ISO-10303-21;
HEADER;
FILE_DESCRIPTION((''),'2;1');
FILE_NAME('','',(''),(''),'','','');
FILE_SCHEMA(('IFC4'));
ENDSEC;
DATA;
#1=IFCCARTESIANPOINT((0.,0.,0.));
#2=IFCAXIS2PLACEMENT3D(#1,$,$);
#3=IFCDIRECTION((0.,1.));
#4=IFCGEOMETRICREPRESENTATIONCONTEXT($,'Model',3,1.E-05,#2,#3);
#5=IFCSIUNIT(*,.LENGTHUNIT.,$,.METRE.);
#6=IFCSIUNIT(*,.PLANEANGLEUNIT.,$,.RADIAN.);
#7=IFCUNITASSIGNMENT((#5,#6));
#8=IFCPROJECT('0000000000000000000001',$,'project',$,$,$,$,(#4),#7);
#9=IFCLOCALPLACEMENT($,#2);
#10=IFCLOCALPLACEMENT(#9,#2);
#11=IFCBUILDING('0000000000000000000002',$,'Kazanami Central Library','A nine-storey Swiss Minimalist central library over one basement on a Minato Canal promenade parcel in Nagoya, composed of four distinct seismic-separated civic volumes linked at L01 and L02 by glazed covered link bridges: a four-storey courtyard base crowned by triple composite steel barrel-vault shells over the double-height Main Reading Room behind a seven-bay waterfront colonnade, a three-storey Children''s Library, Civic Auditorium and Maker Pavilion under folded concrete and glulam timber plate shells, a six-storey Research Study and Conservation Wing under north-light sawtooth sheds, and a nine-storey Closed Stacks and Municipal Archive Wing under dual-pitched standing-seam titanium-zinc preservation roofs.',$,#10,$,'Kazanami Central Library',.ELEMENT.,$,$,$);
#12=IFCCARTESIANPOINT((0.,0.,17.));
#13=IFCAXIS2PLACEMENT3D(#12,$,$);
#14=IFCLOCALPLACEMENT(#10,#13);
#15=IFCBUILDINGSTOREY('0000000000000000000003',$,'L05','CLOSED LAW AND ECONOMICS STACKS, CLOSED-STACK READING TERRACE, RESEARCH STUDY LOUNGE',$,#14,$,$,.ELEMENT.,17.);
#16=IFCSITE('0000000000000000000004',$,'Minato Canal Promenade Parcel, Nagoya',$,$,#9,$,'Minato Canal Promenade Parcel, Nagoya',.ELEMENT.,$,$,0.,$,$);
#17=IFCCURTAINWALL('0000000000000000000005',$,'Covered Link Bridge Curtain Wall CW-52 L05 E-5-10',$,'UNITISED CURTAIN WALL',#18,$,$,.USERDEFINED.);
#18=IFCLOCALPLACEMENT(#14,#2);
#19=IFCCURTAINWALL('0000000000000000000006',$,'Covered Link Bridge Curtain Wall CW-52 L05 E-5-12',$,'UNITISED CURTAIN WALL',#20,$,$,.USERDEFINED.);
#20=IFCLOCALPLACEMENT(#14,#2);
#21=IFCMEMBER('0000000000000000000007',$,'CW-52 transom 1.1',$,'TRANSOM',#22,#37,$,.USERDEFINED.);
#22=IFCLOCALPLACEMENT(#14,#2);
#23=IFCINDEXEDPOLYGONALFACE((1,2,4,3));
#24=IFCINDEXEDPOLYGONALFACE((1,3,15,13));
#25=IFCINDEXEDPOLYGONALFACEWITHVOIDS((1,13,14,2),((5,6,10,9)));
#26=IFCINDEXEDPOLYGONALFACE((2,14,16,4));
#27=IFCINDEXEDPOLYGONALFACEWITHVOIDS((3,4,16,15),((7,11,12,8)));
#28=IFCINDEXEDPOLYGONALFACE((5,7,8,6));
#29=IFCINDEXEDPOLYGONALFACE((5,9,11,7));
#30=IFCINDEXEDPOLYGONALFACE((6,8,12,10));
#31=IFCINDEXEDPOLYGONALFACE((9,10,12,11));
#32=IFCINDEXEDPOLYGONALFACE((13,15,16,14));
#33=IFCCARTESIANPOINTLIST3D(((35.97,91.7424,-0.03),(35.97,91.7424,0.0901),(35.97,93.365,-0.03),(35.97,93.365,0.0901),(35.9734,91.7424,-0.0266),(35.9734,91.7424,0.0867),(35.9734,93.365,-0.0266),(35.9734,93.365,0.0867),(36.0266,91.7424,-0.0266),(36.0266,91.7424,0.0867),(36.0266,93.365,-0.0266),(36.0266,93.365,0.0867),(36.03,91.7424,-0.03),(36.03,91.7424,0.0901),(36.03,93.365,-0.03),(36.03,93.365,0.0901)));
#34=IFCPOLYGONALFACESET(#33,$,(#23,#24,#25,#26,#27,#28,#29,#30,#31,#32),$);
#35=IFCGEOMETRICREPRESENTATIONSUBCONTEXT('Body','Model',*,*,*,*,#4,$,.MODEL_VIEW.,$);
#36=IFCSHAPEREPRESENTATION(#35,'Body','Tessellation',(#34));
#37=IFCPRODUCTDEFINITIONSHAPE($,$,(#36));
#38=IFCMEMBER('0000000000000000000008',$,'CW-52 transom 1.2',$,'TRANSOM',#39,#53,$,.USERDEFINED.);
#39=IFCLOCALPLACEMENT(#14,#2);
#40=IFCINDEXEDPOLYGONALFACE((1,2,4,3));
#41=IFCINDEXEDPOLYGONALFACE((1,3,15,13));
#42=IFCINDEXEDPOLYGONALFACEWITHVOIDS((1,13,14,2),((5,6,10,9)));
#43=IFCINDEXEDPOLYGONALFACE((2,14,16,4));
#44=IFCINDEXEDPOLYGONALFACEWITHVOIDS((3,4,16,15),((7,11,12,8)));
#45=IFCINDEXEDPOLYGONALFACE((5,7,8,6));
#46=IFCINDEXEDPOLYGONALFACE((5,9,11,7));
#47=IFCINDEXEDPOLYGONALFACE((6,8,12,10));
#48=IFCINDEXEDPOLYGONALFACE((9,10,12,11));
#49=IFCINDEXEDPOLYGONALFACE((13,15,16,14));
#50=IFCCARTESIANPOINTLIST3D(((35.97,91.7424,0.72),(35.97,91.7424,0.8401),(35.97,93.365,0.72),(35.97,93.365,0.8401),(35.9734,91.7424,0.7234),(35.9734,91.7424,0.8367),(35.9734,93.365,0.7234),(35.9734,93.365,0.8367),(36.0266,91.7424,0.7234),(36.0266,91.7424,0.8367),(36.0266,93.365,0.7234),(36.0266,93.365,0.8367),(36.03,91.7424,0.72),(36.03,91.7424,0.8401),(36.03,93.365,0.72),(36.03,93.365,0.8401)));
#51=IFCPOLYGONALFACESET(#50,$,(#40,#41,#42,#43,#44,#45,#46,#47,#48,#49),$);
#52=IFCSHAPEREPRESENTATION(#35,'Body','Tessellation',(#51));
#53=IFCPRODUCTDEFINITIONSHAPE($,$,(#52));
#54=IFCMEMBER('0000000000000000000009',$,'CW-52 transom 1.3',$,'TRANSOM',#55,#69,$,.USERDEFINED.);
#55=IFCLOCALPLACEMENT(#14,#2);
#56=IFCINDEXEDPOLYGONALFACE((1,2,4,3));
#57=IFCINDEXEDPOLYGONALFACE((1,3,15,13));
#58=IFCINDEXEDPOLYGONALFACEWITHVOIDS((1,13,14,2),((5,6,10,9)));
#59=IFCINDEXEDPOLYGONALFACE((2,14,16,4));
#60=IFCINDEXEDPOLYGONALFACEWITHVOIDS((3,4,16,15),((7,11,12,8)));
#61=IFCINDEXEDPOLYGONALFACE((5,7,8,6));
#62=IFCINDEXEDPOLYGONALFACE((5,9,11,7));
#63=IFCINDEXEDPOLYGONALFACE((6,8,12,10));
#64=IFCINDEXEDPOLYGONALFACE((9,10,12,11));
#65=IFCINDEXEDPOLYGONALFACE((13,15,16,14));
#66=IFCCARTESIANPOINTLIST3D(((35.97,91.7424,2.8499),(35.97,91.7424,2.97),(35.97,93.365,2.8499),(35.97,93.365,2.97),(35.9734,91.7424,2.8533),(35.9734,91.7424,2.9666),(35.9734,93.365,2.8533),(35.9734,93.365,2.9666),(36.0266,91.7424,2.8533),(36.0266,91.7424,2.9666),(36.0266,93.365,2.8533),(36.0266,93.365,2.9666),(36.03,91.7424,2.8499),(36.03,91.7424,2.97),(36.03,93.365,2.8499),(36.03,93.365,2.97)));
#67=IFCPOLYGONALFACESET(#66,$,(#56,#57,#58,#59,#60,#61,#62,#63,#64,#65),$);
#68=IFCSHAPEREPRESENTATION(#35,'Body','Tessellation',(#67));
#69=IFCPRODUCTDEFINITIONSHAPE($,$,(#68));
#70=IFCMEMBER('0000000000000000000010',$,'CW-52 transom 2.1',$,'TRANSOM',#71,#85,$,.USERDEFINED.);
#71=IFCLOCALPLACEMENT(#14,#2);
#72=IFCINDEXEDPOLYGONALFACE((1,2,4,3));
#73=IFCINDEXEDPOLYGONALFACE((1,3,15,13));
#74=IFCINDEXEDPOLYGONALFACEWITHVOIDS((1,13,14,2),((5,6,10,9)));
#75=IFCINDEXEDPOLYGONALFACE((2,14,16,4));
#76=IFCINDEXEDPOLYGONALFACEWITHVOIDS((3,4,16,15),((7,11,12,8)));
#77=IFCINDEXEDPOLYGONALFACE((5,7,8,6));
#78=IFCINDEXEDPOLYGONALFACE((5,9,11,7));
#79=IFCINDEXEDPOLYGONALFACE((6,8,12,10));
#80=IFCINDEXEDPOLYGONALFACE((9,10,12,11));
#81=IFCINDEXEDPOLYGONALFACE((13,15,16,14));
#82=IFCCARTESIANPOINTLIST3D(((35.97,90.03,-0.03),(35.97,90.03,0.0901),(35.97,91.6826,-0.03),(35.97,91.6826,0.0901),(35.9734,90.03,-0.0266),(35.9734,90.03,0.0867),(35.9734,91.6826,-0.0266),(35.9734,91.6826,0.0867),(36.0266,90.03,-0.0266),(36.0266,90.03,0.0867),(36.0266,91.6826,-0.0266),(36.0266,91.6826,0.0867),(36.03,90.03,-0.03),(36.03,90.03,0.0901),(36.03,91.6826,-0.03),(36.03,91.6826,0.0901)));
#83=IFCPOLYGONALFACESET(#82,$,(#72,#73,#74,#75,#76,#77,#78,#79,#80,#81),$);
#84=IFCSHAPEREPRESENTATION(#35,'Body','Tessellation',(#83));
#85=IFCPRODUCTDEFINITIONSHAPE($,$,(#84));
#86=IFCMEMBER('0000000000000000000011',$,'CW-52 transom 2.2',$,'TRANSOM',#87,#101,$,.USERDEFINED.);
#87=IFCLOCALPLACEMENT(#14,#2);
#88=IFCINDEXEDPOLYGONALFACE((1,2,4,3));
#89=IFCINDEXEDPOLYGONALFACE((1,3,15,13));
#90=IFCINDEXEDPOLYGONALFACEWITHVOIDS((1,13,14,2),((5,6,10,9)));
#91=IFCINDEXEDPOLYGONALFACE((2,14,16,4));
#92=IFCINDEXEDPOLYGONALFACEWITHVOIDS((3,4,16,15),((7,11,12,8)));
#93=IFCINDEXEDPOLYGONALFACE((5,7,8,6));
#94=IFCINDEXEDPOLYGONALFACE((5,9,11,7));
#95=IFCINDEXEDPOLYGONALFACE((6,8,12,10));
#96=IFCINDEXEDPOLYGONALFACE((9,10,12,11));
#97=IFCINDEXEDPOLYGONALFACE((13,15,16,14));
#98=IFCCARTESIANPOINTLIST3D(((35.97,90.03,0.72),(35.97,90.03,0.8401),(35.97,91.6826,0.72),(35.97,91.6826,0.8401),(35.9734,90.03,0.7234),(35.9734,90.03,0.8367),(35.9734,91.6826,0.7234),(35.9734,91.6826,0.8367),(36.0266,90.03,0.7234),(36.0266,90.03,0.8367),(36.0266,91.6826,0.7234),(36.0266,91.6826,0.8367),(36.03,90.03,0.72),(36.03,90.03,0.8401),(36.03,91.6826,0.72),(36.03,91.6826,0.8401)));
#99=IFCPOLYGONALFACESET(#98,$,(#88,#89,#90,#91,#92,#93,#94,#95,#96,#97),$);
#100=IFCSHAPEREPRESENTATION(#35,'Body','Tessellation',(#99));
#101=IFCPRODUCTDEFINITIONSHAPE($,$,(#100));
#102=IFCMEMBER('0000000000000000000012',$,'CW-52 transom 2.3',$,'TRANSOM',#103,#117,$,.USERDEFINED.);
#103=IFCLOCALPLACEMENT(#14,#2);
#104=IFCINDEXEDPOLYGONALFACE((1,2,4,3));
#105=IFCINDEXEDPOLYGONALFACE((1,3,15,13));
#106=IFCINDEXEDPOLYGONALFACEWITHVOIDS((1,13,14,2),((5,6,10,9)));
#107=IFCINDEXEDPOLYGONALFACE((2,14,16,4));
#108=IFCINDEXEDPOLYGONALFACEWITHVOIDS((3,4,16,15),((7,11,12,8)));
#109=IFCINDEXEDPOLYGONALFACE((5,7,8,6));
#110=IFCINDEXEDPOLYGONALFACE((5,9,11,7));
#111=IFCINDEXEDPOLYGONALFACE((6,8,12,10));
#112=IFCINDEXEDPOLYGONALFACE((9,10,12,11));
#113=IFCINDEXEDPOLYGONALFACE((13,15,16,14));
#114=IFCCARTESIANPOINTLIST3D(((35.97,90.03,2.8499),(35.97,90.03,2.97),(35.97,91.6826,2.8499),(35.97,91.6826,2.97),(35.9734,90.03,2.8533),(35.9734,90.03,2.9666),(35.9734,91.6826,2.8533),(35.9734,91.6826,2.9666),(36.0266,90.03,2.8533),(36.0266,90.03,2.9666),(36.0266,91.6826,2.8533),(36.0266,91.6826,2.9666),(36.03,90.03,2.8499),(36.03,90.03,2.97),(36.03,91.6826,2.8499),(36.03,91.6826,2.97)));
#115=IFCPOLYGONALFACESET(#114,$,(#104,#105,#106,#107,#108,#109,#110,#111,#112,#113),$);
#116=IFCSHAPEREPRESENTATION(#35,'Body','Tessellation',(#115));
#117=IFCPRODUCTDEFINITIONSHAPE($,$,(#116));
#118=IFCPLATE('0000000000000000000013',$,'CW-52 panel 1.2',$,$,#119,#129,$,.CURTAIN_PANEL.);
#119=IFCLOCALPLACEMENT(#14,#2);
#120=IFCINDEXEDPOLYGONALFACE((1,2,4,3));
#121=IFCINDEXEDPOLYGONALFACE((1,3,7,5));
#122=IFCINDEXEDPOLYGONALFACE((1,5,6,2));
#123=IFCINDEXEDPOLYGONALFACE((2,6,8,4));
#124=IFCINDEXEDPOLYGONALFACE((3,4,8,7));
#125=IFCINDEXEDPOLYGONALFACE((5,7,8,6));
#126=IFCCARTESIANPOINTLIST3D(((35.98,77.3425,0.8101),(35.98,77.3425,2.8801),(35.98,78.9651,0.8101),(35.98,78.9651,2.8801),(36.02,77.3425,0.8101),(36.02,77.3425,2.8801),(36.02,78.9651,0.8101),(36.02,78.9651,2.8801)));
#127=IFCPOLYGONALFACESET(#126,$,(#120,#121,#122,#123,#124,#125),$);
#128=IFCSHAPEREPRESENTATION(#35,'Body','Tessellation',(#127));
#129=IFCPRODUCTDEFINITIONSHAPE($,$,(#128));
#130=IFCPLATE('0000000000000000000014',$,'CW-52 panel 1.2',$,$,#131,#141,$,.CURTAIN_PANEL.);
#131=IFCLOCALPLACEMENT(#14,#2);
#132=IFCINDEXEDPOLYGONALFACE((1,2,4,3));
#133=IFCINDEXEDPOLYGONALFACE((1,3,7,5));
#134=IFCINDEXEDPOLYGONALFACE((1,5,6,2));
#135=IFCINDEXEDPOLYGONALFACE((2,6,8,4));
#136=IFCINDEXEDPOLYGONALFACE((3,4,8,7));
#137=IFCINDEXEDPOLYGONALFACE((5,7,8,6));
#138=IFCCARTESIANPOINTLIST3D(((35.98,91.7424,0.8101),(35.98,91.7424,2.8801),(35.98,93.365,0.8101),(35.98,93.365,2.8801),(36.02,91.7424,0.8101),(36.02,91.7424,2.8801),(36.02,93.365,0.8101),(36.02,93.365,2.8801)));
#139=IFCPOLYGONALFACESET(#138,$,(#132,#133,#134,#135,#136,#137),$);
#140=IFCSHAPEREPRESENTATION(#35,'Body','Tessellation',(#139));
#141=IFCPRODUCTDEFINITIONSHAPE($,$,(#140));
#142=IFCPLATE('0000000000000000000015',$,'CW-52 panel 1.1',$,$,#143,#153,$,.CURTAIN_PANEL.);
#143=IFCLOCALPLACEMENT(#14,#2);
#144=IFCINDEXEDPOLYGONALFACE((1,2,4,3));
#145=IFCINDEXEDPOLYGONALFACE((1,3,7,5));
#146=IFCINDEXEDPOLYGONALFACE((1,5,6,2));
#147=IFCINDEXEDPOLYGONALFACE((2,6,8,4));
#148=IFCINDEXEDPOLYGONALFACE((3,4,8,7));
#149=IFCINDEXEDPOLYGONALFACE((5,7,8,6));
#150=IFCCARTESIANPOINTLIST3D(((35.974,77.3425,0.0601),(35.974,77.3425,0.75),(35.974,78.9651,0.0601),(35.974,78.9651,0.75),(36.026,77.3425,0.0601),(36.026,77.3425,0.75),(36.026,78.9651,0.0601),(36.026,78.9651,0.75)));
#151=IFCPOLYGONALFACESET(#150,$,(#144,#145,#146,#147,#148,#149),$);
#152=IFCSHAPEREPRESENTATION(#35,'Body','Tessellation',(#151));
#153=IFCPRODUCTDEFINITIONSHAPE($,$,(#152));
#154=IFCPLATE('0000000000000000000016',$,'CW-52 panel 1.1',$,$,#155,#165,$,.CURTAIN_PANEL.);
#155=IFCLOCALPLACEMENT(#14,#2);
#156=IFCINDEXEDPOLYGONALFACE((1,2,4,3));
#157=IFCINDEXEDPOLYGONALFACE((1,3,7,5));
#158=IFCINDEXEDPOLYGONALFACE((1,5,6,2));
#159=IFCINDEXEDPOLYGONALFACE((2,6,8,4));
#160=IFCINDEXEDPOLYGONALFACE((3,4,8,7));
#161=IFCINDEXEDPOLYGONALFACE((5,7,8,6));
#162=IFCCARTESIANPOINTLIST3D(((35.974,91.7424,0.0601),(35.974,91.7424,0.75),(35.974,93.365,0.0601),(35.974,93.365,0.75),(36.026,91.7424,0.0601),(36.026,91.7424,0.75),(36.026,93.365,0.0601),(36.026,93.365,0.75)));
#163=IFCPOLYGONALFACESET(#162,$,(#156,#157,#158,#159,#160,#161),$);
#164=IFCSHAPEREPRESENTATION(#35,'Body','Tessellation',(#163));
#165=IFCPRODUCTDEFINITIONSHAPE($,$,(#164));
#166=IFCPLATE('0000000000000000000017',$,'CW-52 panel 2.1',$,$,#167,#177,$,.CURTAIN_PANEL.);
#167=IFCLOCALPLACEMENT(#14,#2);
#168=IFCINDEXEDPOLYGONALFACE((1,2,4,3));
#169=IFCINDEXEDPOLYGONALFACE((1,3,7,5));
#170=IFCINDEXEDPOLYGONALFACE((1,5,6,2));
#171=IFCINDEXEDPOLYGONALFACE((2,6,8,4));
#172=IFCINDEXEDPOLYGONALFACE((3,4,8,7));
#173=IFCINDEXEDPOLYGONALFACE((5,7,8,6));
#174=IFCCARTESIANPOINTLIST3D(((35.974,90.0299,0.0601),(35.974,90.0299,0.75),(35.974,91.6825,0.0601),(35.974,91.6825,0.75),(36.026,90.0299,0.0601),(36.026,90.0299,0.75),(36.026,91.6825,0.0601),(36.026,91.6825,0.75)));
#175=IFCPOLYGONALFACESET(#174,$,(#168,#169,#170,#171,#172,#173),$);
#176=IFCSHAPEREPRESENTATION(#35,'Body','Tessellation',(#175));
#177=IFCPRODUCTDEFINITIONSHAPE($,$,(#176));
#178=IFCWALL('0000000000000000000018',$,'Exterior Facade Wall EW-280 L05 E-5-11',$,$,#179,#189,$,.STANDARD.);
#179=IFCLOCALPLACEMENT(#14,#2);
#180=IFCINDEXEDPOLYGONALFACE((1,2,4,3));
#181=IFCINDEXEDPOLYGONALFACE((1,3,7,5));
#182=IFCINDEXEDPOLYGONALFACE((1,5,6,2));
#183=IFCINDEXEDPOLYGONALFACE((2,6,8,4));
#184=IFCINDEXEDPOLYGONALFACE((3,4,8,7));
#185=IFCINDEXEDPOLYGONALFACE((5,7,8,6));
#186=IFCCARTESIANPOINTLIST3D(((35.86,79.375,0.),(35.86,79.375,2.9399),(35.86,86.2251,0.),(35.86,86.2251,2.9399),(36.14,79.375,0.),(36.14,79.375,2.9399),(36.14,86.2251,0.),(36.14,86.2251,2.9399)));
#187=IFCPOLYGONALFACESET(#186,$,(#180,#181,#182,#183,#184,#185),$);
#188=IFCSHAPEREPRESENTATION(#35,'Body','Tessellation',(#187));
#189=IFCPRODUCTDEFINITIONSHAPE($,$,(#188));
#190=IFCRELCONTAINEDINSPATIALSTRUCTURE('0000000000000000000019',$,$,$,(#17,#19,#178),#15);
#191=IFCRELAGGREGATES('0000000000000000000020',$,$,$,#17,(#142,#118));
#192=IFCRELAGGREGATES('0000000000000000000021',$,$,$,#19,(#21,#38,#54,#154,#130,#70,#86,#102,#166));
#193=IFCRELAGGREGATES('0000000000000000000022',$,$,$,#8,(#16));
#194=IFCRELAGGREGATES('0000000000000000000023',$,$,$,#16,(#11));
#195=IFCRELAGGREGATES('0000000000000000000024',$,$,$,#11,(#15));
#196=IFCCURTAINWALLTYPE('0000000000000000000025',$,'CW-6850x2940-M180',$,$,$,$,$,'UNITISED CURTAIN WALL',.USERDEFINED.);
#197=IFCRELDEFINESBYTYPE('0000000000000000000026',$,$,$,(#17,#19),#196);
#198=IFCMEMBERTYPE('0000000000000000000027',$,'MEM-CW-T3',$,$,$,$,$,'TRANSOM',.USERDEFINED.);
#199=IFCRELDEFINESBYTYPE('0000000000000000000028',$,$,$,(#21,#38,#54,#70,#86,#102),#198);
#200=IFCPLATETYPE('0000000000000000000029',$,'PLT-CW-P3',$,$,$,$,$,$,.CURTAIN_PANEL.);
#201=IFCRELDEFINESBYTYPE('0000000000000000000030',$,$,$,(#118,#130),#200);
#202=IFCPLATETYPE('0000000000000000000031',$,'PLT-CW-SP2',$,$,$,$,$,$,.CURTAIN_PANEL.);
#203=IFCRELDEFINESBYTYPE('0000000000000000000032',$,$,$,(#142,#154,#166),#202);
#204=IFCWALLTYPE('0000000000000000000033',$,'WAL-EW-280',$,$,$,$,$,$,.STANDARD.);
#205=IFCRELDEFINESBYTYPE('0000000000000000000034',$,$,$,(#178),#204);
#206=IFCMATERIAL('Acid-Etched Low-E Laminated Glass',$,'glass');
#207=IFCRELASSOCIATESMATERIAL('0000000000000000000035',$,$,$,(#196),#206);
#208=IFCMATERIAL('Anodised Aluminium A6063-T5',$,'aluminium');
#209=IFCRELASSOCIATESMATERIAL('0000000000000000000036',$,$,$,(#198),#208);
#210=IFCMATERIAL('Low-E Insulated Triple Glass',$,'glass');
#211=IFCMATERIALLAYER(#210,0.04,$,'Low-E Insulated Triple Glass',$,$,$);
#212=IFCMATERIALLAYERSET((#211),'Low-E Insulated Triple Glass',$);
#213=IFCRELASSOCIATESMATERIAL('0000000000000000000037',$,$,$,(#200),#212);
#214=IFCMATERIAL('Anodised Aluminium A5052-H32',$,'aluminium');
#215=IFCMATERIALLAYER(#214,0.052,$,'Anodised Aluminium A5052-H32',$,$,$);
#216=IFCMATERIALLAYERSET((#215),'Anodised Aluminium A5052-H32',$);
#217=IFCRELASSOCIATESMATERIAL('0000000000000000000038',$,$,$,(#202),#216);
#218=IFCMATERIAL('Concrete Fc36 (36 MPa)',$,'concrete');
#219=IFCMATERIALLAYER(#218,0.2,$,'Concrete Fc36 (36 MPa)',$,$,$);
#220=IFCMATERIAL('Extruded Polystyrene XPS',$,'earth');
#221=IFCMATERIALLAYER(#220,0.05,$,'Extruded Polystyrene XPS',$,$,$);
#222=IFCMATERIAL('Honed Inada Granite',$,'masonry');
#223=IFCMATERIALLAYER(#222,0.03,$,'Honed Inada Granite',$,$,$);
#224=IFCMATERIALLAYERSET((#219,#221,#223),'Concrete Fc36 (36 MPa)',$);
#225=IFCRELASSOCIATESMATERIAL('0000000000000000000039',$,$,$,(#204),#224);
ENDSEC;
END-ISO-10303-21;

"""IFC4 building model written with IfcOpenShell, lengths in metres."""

from ifc_helpers import new_model, si_unit, direction, frame, frame_2d, origin, origin_2d, place, context, subcontext, project, spatial, rectangle, hollow_rectangle, extrude, material, layer, layer_set, material_profile, profile_set, type_object, element, aggregate, save


model = new_model("IFC4")

# Units and contexts
model_context = context("Model", 3, precision=1e-05, world=origin(), true_north=direction((0.0, 1.0)))
body_context = subcontext(model_context, "Body", "Model", "MODEL_VIEW")
ifc_project = project(units=[si_unit("LENGTHUNIT", "METRE"), si_unit("PLANEANGLEUNIT", "RADIAN")], contexts=[model_context])

# Site, building, storey
site_placement = place(None, origin())
site = spatial("IfcSite", under=ifc_project, at=site_placement, Name="Minato Canal Promenade Parcel, Nagoya", LongName="Minato Canal Promenade Parcel, Nagoya", CompositionType="ELEMENT", RefElevation=0.0)
building_placement = place(site_placement, origin())
building = spatial("IfcBuilding", under=site, at=building_placement, Name="Kazanami Central Library", Description="A nine-storey Swiss Minimalist central library over one basement on a Minato Canal promenade parcel in Nagoya, composed of four distinct seismic-separated civic volumes linked at L01 and L02 by glazed covered link bridges: a four-storey courtyard base crowned by triple composite steel barrel-vault shells over the double-height Main Reading Room behind a seven-bay waterfront colonnade, a three-storey Children's Library, Civic Auditorium and Maker Pavilion under folded concrete and glulam timber plate shells, a six-storey Research Study and Conservation Wing under north-light sawtooth sheds, and a nine-storey Closed Stacks and Municipal Archive Wing under dual-pitched standing-seam titanium-zinc preservation roofs.", LongName="Kazanami Central Library", CompositionType="ELEMENT")
storey_placement = place(building_placement, frame((0.0, 0.0, 17.0)))
storey = spatial("IfcBuildingStorey", under=building, at=storey_placement, Name="L05", Description="CLOSED LAW AND ECONOMICS STACKS, CLOSED-STACK READING TERRACE, RESEARCH STUDY LOUNGE", CompositionType="ELEMENT", Elevation=17.0)

# Curtain walls
ifc_material_1 = material(Name="Acid-Etched Low-E Laminated Glass", Category="glass")
curtain_wall_type = type_object("IfcCurtainWallType", Name="CW-6850x2940-M180", ElementType="UNITISED CURTAIN WALL", PredefinedType="USERDEFINED", material=ifc_material_1)
curtain_wall_1_placement = place(storey_placement, origin())
curtain_wall_1 = element("IfcCurtainWall", 1, at=curtain_wall_1_placement, inside=storey, type_object=curtain_wall_type, Name="Covered Link Bridge Curtain Wall CW-52 L05 E-5-10", ObjectType="UNITISED CURTAIN WALL", PredefinedType="USERDEFINED")
ifc_material_2 = material(Name="Anodised Aluminium A6063-T5", Category="aluminium")
curtain_wall_2_placement = place(storey_placement, origin())
curtain_wall_2 = element("IfcCurtainWall", 2, at=curtain_wall_2_placement, inside=storey, type_object=curtain_wall_type, Name="Covered Link Bridge Curtain Wall CW-52 L05 E-5-12", ObjectType="UNITISED CURTAIN WALL", PredefinedType="USERDEFINED")

# Members
ifc_material_profile_1 = material_profile(ifc_material_2, hollow_rectangle(XDim=0.0601, YDim=0.1201, WallThickness=0.0034, at=origin_2d()), Name="ALU-TRAN-60x120x3.5")
ifc_profile_set_1 = profile_set([ifc_material_profile_1], Name="Anodised Aluminium A6063-T5")
member_type_1 = type_object("IfcMemberType", Name="MEM-CW-T3", ElementType="TRANSOM", PredefinedType="USERDEFINED", material=ifc_profile_set_1)
member_1_placement = place(storey_placement, frame((36.0, 93.365, 0.03), z_axis=(0.0, -1.0, 0.0), x_axis=(1.0, 0.0, 0.0)))
member_1 = element("IfcMember", 3, at=member_1_placement, type_object=member_type_1, Name="CW-52 transom 1.1", ObjectType="TRANSOM", PredefinedType="USERDEFINED", context=body_context, shape_type="SweptSolid", body=[
    extrude(hollow_rectangle(XDim=0.0601, YDim=0.1201, WallThickness=0.0034, at=origin_2d()), origin(), (0.0, 0.0, 1.0), 1.6226),
])
member_2_placement = place(storey_placement, frame((36.0, 93.365, 0.78), z_axis=(0.0, -1.0, 0.0), x_axis=(1.0, 0.0, 0.0)))
member_2 = element("IfcMember", 4, at=member_2_placement, type_object=member_type_1, Name="CW-52 transom 1.2", ObjectType="TRANSOM", PredefinedType="USERDEFINED", context=body_context, shape_type="SweptSolid", body=[
    extrude(hollow_rectangle(XDim=0.0601, YDim=0.1201, WallThickness=0.0034, at=origin_2d()), origin(), (0.0, 0.0, 1.0), 1.6226),
])
member_3_placement = place(storey_placement, frame((36.0, 93.365, 2.9099), z_axis=(0.0, -1.0, 0.0), x_axis=(1.0, 0.0, 0.0)))
member_3 = element("IfcMember", 5, at=member_3_placement, type_object=member_type_1, Name="CW-52 transom 1.3", ObjectType="TRANSOM", PredefinedType="USERDEFINED", context=body_context, shape_type="SweptSolid", body=[
    extrude(hollow_rectangle(XDim=0.0601, YDim=0.1201, WallThickness=0.0034, at=origin_2d()), origin(), (0.0, 0.0, 1.0), 1.6226),
])
member_4_placement = place(storey_placement, frame((36.0, 91.6826, 0.03), z_axis=(0.0, -1.0, 0.0), x_axis=(1.0, 0.0, 0.0)))
member_4 = element("IfcMember", 6, at=member_4_placement, type_object=member_type_1, Name="CW-52 transom 2.1", ObjectType="TRANSOM", PredefinedType="USERDEFINED", context=body_context, shape_type="SweptSolid", body=[
    extrude(hollow_rectangle(XDim=0.0601, YDim=0.1201, WallThickness=0.0034, at=origin_2d()), origin(), (0.0, 0.0, 1.0), 1.6526),
])
member_5_placement = place(storey_placement, frame((36.0, 91.6826, 0.78), z_axis=(0.0, -1.0, 0.0), x_axis=(1.0, 0.0, 0.0)))
member_5 = element("IfcMember", 7, at=member_5_placement, type_object=member_type_1, Name="CW-52 transom 2.2", ObjectType="TRANSOM", PredefinedType="USERDEFINED", context=body_context, shape_type="SweptSolid", body=[
    extrude(hollow_rectangle(XDim=0.0601, YDim=0.1201, WallThickness=0.0034, at=origin_2d()), origin(), (0.0, 0.0, 1.0), 1.6526),
])
member_6_placement = place(storey_placement, frame((36.0, 91.6826, 2.9099), z_axis=(0.0, -1.0, 0.0), x_axis=(1.0, 0.0, 0.0)))
member_6 = element("IfcMember", 8, at=member_6_placement, type_object=member_type_1, Name="CW-52 transom 2.3", ObjectType="TRANSOM", PredefinedType="USERDEFINED", context=body_context, shape_type="SweptSolid", body=[
    extrude(hollow_rectangle(XDim=0.0601, YDim=0.1201, WallThickness=0.0034, at=origin_2d()), origin(), (0.0, 0.0, 1.0), 1.6526),
])

# Plates
ifc_material_3 = material(Name="Low-E Insulated Triple Glass", Category="glass")
ifc_layer_1 = layer(ifc_material_3, 0.04, Name="Low-E Insulated Triple Glass")
ifc_layer_set_1 = layer_set([ifc_layer_1], Name="Low-E Insulated Triple Glass")
plate_type_1 = type_object("IfcPlateType", Name="PLT-CW-P3", PredefinedType="CURTAIN_PANEL", material=ifc_layer_set_1)
plate_1_placement = place(storey_placement, frame((36.0, 78.1538, 0.8101), z_axis=(0.0, 0.0, 1.0), x_axis=(0.0, -1.0, 0.0)))
plate_1 = element("IfcPlate", 9, at=plate_1_placement, type_object=plate_type_1, Name="CW-52 panel 1.2", PredefinedType="CURTAIN_PANEL", context=body_context, shape_type="SweptSolid", body=[
    extrude(rectangle(XDim=1.6226, YDim=0.04, at=origin_2d()), origin(), (0.0, 0.0, 1.0), 2.0701),
])
plate_2_placement = place(storey_placement, frame((36.0, 92.5537, 0.8101), z_axis=(0.0, 0.0, 1.0), x_axis=(0.0, -1.0, 0.0)))
plate_2 = element("IfcPlate", 10, at=plate_2_placement, type_object=plate_type_1, Name="CW-52 panel 1.2", PredefinedType="CURTAIN_PANEL", context=body_context, shape_type="SweptSolid", body=[
    extrude(rectangle(XDim=1.6226, YDim=0.04, at=origin_2d()), origin(), (0.0, 0.0, 1.0), 2.0701),
])
ifc_material_4 = material(Name="Anodised Aluminium A5052-H32", Category="aluminium")
ifc_layer_2 = layer(ifc_material_4, 0.052, Name="Anodised Aluminium A5052-H32")
ifc_layer_set_2 = layer_set([ifc_layer_2], Name="Anodised Aluminium A5052-H32")
plate_type_2 = type_object("IfcPlateType", Name="PLT-CW-SP2", PredefinedType="CURTAIN_PANEL", material=ifc_layer_set_2)
plate_3_placement = place(storey_placement, frame((36.0, 78.1538, 0.0601), z_axis=(0.0, 0.0, 1.0), x_axis=(0.0, -1.0, 0.0)))
plate_3 = element("IfcPlate", 11, at=plate_3_placement, type_object=plate_type_2, Name="CW-52 panel 1.1", PredefinedType="CURTAIN_PANEL", context=body_context, shape_type="SweptSolid", body=[
    extrude(rectangle(XDim=1.6226, YDim=0.052, at=origin_2d()), origin(), (0.0, 0.0, 1.0), 0.6899),
])
aggregate(curtain_wall_1, [plate_3, plate_1])
plate_4_placement = place(storey_placement, frame((36.0, 92.5537, 0.0601), z_axis=(0.0, 0.0, 1.0), x_axis=(0.0, -1.0, 0.0)))
plate_4 = element("IfcPlate", 12, at=plate_4_placement, type_object=plate_type_2, Name="CW-52 panel 1.1", PredefinedType="CURTAIN_PANEL", context=body_context, shape_type="SweptSolid", body=[
    extrude(rectangle(XDim=1.6226, YDim=0.052, at=origin_2d()), origin(), (0.0, 0.0, 1.0), 0.6899),
])
plate_5_placement = place(storey_placement, frame((36.0, 90.8562, 0.0601), z_axis=(0.0, 0.0, 1.0), x_axis=(0.0, -1.0, 0.0)))
plate_5 = element("IfcPlate", 13, at=plate_5_placement, type_object=plate_type_2, Name="CW-52 panel 2.1", PredefinedType="CURTAIN_PANEL", context=body_context, shape_type="SweptSolid", body=[
    extrude(rectangle(XDim=1.6526, YDim=0.052, at=origin_2d()), origin(), (0.0, 0.0, 1.0), 0.6899),
])
aggregate(curtain_wall_2, [member_1, member_2, member_3, plate_4, plate_2, member_4, member_5, member_6, plate_5])

# Wall
ifc_material_5 = material(Name="Concrete Fc36 (36 MPa)", Category="concrete")
ifc_layer_3 = layer(ifc_material_5, 0.2, Name="Concrete Fc36 (36 MPa)")
ifc_material_6 = material(Name="Extruded Polystyrene XPS", Category="earth")
ifc_layer_4 = layer(ifc_material_6, 0.05, Name="Extruded Polystyrene XPS")
ifc_material_7 = material(Name="Honed Inada Granite", Category="masonry")
ifc_layer_5 = layer(ifc_material_7, 0.03, Name="Honed Inada Granite")
ifc_layer_set_3 = layer_set([ifc_layer_3, ifc_layer_4, ifc_layer_5], Name="Concrete Fc36 (36 MPa)")
wall_type = type_object("IfcWallType", Name="WAL-EW-280", PredefinedType="STANDARD", material=ifc_layer_set_3)
wall_placement = place(storey_placement, frame((36.0, 86.2251, 0.0), z_axis=(0.0, 0.0, 1.0), x_axis=(0.0, -1.0, 0.0)))
element("IfcWall", 14, at=wall_placement, inside=storey, type_object=wall_type, Name="Exterior Facade Wall EW-280 L05 E-5-11", PredefinedType="STANDARD", context=body_context, shape_type="SweptSolid", body=[
    extrude(rectangle(XDim=6.8501, YDim=0.28, at=frame_2d((3.425, 0.0))), origin(), (0.0, 0.0, 1.0), 2.9399),
])

save(model, "model.ifc")
